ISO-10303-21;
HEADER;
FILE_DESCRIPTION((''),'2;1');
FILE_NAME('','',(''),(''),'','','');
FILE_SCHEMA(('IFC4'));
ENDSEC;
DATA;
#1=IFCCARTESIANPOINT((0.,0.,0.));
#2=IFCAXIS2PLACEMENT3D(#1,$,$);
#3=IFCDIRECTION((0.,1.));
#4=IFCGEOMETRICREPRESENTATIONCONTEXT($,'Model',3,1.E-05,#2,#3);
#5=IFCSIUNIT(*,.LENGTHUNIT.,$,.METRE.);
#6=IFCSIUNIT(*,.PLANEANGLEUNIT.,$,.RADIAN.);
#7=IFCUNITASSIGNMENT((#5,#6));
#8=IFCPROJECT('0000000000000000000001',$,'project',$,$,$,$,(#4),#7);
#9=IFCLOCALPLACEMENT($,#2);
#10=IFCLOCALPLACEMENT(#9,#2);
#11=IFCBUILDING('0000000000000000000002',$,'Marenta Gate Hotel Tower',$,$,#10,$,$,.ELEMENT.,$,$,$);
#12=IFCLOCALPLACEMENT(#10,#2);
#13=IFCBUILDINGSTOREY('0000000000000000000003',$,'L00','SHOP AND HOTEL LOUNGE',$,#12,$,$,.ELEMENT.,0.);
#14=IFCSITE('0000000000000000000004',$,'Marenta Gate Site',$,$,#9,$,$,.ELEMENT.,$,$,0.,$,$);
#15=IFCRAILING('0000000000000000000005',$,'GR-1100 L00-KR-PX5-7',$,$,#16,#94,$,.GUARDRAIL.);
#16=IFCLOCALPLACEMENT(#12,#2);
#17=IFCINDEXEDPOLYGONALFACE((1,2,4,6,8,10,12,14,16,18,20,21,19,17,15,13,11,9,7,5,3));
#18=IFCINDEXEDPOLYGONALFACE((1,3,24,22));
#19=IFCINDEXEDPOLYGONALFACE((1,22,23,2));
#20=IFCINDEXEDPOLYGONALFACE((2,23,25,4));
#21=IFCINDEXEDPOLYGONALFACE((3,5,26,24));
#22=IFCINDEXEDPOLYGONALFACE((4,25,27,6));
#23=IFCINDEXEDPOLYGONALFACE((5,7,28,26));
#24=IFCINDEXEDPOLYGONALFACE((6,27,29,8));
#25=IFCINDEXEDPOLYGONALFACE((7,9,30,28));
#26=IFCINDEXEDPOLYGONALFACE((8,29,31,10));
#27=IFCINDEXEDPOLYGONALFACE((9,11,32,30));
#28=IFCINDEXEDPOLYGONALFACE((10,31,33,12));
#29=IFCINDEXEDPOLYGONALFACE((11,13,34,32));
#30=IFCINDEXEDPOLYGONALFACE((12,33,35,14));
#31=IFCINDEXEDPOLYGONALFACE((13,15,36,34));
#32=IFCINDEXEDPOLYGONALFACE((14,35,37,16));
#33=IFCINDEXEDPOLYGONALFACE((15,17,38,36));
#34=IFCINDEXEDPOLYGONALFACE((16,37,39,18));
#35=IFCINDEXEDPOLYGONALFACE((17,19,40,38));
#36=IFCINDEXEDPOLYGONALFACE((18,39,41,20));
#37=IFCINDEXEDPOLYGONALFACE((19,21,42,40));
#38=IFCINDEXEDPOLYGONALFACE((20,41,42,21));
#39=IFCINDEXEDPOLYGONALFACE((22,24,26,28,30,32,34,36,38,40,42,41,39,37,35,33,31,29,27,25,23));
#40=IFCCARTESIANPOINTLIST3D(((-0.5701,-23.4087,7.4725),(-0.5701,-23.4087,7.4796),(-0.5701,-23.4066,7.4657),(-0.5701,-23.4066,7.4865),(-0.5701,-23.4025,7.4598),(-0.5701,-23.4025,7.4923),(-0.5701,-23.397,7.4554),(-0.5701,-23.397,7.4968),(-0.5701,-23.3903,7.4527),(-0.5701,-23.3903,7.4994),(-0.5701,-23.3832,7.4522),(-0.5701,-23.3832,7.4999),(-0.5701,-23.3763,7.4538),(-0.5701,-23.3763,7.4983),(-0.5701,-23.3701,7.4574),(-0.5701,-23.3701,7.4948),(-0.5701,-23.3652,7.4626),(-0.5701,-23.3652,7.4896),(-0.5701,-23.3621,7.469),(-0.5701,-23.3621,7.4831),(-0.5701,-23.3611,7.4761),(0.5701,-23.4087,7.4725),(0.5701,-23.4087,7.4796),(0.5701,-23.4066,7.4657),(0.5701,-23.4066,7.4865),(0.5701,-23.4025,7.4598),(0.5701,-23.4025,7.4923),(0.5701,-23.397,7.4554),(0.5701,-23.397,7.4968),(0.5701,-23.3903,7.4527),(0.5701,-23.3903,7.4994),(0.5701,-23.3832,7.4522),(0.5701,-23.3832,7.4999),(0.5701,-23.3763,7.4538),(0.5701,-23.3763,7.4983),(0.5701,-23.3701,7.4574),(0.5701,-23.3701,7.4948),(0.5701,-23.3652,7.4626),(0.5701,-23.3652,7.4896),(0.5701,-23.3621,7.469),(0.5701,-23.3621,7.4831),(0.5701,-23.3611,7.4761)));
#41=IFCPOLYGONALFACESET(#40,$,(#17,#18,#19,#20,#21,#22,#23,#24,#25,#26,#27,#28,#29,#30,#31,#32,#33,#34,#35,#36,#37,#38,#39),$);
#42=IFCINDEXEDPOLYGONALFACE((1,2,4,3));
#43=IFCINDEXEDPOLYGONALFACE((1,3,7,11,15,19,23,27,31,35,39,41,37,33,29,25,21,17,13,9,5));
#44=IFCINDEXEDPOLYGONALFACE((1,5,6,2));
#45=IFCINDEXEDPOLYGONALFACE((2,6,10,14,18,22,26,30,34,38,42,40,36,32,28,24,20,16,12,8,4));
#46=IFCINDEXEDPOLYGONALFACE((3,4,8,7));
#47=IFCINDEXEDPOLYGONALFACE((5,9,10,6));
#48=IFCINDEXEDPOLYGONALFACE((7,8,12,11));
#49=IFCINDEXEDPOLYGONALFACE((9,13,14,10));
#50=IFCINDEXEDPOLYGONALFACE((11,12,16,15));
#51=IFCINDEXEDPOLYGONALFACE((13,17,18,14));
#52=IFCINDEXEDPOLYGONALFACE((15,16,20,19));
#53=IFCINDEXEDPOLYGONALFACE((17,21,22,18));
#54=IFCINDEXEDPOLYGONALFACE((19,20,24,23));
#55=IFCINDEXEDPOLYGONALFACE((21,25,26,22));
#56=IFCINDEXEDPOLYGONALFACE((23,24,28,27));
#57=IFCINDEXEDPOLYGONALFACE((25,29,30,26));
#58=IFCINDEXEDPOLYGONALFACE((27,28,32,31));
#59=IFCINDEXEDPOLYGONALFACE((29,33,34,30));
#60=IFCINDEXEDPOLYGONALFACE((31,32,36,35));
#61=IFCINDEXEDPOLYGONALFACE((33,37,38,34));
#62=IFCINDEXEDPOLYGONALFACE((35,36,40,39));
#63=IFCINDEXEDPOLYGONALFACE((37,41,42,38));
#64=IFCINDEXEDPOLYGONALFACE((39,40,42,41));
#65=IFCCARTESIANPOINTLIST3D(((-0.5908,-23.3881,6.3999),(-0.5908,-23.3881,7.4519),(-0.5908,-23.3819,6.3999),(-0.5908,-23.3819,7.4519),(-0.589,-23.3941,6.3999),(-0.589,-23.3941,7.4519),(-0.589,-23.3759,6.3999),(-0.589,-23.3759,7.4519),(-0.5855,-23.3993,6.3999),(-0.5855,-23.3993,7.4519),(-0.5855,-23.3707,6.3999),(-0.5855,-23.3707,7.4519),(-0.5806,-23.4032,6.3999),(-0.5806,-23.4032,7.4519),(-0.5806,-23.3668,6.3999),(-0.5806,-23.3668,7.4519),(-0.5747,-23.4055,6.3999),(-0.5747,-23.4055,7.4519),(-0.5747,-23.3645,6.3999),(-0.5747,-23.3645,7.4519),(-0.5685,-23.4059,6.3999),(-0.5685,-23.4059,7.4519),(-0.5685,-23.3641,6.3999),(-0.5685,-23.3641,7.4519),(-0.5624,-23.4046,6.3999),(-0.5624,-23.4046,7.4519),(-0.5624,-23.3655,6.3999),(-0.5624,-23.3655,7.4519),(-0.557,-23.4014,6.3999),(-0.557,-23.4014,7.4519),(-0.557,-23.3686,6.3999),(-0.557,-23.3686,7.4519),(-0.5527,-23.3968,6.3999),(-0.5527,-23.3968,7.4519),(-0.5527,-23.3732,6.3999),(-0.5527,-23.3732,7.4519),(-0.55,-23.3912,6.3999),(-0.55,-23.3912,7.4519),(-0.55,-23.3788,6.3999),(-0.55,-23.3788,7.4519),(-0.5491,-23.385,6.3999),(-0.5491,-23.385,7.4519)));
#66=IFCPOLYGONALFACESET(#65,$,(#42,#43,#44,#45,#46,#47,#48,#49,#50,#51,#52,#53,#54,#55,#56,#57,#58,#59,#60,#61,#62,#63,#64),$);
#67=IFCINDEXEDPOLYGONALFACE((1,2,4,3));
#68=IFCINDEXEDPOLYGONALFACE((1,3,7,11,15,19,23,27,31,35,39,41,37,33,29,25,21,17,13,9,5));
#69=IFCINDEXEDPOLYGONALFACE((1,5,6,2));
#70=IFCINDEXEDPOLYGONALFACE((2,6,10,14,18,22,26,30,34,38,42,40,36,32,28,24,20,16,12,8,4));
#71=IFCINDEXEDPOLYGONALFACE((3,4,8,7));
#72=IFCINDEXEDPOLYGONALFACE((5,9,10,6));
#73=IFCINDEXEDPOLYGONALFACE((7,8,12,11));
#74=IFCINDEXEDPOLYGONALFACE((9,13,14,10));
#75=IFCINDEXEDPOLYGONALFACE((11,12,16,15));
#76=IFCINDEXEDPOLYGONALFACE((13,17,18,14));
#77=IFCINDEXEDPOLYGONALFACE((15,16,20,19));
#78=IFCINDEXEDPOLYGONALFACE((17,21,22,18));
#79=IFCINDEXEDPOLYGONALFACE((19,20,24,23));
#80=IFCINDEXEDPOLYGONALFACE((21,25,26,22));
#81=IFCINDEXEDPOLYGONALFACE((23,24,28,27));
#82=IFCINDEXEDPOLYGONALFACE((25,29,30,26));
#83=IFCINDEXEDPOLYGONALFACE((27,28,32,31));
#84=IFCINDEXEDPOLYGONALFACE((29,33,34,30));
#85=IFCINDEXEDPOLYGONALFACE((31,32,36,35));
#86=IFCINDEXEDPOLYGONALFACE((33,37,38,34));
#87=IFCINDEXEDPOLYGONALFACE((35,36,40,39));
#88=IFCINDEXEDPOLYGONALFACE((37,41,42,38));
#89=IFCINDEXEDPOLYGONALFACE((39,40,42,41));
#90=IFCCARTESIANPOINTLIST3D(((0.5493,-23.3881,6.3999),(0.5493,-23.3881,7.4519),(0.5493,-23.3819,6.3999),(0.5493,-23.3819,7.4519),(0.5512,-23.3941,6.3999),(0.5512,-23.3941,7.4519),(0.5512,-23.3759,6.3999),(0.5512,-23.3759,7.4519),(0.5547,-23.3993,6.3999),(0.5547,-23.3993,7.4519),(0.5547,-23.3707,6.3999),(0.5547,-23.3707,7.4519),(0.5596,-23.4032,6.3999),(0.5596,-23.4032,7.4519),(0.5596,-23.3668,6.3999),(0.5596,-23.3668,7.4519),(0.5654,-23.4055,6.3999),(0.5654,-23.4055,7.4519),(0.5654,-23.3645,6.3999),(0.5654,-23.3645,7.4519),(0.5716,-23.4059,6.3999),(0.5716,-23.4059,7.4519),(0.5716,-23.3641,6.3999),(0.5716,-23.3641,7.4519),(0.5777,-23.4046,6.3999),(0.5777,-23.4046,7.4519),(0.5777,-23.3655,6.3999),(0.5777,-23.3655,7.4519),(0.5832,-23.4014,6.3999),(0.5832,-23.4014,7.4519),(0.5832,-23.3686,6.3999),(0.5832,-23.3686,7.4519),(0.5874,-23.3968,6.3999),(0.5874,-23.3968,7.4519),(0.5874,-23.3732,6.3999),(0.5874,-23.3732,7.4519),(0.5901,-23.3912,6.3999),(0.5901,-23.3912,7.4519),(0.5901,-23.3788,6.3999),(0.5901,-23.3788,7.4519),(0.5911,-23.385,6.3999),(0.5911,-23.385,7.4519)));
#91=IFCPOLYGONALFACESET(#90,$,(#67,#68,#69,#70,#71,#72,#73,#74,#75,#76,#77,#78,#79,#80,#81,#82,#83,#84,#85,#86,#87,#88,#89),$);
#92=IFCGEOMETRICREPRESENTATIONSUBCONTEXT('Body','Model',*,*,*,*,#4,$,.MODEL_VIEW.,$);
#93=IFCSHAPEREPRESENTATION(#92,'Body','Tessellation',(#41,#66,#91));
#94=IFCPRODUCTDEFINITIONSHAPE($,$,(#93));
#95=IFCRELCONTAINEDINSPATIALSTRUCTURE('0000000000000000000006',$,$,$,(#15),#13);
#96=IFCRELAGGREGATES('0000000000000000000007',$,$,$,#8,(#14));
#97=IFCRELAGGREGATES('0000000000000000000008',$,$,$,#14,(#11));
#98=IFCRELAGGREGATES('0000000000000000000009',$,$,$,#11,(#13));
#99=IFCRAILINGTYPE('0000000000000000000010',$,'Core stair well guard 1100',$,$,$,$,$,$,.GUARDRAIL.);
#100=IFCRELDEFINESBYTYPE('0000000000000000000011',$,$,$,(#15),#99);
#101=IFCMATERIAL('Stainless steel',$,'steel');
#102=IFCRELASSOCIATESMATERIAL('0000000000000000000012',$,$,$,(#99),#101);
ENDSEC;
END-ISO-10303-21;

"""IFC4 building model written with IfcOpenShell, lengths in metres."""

from ifc_helpers import new_model, si_unit, direction, frame, origin, origin_2d, place, context, subcontext, project, spatial, circle, extrude, material, type_object, element, save


model = new_model("IFC4")

# Units and contexts
model_context = context("Model", 3, precision=1e-05, world=origin(), true_north=direction((0.0, 1.0)))
body_context = subcontext(model_context, "Body", "Model", "MODEL_VIEW")
ifc_project = project(units=[si_unit("LENGTHUNIT", "METRE"), si_unit("PLANEANGLEUNIT", "RADIAN")], contexts=[model_context])

# Site, building, storey
site_placement = place(None, origin())
site = spatial("IfcSite", under=ifc_project, at=site_placement, Name="Marenta Gate Site", CompositionType="ELEMENT", RefElevation=0.0)
building_placement = place(site_placement, origin())
building = spatial("IfcBuilding", under=site, at=building_placement, Name="Marenta Gate Hotel Tower", CompositionType="ELEMENT")
storey_placement = place(building_placement, origin())
storey = spatial("IfcBuildingStorey", under=building, at=storey_placement, Name="L00", Description="SHOP AND HOTEL LOUNGE", CompositionType="ELEMENT", Elevation=0.0)

# Railing
ifc_material_1 = material(Name="Stainless steel", Category="steel")
railing_type = type_object("IfcRailingType", Name="Core stair well guard 1100", PredefinedType="GUARDRAIL", material=ifc_material_1)
railing_1_placement = place(storey_placement, frame((-0.5701, -23.385, 6.3999)))
element("IfcRailing", 1, at=railing_1_placement, inside=storey, type_object=railing_type, Name="GR-1100 L00-KR-PX5-7", PredefinedType="GUARDRAIL", context=body_context, shape_type="SweptSolid", body=[
    extrude(circle(Radius=0.0239, at=origin_2d()), frame((0.0, 0.0, 1.0762), z_axis=(1.0, 0.0, 0.0), x_axis=(0.0, 1.0, 0.0)), (0.0, 0.0, 1.0), 1.1401),
    extrude(circle(Radius=0.021, at=origin_2d()), origin(), (0.0, 0.0, 1.0), 1.052),
    extrude(circle(Radius=0.021, at=origin_2d()), frame((1.1401, 0.0, 0.0)), (0.0, 0.0, 1.0), 1.052),
])

save(model, "model.ifc")
